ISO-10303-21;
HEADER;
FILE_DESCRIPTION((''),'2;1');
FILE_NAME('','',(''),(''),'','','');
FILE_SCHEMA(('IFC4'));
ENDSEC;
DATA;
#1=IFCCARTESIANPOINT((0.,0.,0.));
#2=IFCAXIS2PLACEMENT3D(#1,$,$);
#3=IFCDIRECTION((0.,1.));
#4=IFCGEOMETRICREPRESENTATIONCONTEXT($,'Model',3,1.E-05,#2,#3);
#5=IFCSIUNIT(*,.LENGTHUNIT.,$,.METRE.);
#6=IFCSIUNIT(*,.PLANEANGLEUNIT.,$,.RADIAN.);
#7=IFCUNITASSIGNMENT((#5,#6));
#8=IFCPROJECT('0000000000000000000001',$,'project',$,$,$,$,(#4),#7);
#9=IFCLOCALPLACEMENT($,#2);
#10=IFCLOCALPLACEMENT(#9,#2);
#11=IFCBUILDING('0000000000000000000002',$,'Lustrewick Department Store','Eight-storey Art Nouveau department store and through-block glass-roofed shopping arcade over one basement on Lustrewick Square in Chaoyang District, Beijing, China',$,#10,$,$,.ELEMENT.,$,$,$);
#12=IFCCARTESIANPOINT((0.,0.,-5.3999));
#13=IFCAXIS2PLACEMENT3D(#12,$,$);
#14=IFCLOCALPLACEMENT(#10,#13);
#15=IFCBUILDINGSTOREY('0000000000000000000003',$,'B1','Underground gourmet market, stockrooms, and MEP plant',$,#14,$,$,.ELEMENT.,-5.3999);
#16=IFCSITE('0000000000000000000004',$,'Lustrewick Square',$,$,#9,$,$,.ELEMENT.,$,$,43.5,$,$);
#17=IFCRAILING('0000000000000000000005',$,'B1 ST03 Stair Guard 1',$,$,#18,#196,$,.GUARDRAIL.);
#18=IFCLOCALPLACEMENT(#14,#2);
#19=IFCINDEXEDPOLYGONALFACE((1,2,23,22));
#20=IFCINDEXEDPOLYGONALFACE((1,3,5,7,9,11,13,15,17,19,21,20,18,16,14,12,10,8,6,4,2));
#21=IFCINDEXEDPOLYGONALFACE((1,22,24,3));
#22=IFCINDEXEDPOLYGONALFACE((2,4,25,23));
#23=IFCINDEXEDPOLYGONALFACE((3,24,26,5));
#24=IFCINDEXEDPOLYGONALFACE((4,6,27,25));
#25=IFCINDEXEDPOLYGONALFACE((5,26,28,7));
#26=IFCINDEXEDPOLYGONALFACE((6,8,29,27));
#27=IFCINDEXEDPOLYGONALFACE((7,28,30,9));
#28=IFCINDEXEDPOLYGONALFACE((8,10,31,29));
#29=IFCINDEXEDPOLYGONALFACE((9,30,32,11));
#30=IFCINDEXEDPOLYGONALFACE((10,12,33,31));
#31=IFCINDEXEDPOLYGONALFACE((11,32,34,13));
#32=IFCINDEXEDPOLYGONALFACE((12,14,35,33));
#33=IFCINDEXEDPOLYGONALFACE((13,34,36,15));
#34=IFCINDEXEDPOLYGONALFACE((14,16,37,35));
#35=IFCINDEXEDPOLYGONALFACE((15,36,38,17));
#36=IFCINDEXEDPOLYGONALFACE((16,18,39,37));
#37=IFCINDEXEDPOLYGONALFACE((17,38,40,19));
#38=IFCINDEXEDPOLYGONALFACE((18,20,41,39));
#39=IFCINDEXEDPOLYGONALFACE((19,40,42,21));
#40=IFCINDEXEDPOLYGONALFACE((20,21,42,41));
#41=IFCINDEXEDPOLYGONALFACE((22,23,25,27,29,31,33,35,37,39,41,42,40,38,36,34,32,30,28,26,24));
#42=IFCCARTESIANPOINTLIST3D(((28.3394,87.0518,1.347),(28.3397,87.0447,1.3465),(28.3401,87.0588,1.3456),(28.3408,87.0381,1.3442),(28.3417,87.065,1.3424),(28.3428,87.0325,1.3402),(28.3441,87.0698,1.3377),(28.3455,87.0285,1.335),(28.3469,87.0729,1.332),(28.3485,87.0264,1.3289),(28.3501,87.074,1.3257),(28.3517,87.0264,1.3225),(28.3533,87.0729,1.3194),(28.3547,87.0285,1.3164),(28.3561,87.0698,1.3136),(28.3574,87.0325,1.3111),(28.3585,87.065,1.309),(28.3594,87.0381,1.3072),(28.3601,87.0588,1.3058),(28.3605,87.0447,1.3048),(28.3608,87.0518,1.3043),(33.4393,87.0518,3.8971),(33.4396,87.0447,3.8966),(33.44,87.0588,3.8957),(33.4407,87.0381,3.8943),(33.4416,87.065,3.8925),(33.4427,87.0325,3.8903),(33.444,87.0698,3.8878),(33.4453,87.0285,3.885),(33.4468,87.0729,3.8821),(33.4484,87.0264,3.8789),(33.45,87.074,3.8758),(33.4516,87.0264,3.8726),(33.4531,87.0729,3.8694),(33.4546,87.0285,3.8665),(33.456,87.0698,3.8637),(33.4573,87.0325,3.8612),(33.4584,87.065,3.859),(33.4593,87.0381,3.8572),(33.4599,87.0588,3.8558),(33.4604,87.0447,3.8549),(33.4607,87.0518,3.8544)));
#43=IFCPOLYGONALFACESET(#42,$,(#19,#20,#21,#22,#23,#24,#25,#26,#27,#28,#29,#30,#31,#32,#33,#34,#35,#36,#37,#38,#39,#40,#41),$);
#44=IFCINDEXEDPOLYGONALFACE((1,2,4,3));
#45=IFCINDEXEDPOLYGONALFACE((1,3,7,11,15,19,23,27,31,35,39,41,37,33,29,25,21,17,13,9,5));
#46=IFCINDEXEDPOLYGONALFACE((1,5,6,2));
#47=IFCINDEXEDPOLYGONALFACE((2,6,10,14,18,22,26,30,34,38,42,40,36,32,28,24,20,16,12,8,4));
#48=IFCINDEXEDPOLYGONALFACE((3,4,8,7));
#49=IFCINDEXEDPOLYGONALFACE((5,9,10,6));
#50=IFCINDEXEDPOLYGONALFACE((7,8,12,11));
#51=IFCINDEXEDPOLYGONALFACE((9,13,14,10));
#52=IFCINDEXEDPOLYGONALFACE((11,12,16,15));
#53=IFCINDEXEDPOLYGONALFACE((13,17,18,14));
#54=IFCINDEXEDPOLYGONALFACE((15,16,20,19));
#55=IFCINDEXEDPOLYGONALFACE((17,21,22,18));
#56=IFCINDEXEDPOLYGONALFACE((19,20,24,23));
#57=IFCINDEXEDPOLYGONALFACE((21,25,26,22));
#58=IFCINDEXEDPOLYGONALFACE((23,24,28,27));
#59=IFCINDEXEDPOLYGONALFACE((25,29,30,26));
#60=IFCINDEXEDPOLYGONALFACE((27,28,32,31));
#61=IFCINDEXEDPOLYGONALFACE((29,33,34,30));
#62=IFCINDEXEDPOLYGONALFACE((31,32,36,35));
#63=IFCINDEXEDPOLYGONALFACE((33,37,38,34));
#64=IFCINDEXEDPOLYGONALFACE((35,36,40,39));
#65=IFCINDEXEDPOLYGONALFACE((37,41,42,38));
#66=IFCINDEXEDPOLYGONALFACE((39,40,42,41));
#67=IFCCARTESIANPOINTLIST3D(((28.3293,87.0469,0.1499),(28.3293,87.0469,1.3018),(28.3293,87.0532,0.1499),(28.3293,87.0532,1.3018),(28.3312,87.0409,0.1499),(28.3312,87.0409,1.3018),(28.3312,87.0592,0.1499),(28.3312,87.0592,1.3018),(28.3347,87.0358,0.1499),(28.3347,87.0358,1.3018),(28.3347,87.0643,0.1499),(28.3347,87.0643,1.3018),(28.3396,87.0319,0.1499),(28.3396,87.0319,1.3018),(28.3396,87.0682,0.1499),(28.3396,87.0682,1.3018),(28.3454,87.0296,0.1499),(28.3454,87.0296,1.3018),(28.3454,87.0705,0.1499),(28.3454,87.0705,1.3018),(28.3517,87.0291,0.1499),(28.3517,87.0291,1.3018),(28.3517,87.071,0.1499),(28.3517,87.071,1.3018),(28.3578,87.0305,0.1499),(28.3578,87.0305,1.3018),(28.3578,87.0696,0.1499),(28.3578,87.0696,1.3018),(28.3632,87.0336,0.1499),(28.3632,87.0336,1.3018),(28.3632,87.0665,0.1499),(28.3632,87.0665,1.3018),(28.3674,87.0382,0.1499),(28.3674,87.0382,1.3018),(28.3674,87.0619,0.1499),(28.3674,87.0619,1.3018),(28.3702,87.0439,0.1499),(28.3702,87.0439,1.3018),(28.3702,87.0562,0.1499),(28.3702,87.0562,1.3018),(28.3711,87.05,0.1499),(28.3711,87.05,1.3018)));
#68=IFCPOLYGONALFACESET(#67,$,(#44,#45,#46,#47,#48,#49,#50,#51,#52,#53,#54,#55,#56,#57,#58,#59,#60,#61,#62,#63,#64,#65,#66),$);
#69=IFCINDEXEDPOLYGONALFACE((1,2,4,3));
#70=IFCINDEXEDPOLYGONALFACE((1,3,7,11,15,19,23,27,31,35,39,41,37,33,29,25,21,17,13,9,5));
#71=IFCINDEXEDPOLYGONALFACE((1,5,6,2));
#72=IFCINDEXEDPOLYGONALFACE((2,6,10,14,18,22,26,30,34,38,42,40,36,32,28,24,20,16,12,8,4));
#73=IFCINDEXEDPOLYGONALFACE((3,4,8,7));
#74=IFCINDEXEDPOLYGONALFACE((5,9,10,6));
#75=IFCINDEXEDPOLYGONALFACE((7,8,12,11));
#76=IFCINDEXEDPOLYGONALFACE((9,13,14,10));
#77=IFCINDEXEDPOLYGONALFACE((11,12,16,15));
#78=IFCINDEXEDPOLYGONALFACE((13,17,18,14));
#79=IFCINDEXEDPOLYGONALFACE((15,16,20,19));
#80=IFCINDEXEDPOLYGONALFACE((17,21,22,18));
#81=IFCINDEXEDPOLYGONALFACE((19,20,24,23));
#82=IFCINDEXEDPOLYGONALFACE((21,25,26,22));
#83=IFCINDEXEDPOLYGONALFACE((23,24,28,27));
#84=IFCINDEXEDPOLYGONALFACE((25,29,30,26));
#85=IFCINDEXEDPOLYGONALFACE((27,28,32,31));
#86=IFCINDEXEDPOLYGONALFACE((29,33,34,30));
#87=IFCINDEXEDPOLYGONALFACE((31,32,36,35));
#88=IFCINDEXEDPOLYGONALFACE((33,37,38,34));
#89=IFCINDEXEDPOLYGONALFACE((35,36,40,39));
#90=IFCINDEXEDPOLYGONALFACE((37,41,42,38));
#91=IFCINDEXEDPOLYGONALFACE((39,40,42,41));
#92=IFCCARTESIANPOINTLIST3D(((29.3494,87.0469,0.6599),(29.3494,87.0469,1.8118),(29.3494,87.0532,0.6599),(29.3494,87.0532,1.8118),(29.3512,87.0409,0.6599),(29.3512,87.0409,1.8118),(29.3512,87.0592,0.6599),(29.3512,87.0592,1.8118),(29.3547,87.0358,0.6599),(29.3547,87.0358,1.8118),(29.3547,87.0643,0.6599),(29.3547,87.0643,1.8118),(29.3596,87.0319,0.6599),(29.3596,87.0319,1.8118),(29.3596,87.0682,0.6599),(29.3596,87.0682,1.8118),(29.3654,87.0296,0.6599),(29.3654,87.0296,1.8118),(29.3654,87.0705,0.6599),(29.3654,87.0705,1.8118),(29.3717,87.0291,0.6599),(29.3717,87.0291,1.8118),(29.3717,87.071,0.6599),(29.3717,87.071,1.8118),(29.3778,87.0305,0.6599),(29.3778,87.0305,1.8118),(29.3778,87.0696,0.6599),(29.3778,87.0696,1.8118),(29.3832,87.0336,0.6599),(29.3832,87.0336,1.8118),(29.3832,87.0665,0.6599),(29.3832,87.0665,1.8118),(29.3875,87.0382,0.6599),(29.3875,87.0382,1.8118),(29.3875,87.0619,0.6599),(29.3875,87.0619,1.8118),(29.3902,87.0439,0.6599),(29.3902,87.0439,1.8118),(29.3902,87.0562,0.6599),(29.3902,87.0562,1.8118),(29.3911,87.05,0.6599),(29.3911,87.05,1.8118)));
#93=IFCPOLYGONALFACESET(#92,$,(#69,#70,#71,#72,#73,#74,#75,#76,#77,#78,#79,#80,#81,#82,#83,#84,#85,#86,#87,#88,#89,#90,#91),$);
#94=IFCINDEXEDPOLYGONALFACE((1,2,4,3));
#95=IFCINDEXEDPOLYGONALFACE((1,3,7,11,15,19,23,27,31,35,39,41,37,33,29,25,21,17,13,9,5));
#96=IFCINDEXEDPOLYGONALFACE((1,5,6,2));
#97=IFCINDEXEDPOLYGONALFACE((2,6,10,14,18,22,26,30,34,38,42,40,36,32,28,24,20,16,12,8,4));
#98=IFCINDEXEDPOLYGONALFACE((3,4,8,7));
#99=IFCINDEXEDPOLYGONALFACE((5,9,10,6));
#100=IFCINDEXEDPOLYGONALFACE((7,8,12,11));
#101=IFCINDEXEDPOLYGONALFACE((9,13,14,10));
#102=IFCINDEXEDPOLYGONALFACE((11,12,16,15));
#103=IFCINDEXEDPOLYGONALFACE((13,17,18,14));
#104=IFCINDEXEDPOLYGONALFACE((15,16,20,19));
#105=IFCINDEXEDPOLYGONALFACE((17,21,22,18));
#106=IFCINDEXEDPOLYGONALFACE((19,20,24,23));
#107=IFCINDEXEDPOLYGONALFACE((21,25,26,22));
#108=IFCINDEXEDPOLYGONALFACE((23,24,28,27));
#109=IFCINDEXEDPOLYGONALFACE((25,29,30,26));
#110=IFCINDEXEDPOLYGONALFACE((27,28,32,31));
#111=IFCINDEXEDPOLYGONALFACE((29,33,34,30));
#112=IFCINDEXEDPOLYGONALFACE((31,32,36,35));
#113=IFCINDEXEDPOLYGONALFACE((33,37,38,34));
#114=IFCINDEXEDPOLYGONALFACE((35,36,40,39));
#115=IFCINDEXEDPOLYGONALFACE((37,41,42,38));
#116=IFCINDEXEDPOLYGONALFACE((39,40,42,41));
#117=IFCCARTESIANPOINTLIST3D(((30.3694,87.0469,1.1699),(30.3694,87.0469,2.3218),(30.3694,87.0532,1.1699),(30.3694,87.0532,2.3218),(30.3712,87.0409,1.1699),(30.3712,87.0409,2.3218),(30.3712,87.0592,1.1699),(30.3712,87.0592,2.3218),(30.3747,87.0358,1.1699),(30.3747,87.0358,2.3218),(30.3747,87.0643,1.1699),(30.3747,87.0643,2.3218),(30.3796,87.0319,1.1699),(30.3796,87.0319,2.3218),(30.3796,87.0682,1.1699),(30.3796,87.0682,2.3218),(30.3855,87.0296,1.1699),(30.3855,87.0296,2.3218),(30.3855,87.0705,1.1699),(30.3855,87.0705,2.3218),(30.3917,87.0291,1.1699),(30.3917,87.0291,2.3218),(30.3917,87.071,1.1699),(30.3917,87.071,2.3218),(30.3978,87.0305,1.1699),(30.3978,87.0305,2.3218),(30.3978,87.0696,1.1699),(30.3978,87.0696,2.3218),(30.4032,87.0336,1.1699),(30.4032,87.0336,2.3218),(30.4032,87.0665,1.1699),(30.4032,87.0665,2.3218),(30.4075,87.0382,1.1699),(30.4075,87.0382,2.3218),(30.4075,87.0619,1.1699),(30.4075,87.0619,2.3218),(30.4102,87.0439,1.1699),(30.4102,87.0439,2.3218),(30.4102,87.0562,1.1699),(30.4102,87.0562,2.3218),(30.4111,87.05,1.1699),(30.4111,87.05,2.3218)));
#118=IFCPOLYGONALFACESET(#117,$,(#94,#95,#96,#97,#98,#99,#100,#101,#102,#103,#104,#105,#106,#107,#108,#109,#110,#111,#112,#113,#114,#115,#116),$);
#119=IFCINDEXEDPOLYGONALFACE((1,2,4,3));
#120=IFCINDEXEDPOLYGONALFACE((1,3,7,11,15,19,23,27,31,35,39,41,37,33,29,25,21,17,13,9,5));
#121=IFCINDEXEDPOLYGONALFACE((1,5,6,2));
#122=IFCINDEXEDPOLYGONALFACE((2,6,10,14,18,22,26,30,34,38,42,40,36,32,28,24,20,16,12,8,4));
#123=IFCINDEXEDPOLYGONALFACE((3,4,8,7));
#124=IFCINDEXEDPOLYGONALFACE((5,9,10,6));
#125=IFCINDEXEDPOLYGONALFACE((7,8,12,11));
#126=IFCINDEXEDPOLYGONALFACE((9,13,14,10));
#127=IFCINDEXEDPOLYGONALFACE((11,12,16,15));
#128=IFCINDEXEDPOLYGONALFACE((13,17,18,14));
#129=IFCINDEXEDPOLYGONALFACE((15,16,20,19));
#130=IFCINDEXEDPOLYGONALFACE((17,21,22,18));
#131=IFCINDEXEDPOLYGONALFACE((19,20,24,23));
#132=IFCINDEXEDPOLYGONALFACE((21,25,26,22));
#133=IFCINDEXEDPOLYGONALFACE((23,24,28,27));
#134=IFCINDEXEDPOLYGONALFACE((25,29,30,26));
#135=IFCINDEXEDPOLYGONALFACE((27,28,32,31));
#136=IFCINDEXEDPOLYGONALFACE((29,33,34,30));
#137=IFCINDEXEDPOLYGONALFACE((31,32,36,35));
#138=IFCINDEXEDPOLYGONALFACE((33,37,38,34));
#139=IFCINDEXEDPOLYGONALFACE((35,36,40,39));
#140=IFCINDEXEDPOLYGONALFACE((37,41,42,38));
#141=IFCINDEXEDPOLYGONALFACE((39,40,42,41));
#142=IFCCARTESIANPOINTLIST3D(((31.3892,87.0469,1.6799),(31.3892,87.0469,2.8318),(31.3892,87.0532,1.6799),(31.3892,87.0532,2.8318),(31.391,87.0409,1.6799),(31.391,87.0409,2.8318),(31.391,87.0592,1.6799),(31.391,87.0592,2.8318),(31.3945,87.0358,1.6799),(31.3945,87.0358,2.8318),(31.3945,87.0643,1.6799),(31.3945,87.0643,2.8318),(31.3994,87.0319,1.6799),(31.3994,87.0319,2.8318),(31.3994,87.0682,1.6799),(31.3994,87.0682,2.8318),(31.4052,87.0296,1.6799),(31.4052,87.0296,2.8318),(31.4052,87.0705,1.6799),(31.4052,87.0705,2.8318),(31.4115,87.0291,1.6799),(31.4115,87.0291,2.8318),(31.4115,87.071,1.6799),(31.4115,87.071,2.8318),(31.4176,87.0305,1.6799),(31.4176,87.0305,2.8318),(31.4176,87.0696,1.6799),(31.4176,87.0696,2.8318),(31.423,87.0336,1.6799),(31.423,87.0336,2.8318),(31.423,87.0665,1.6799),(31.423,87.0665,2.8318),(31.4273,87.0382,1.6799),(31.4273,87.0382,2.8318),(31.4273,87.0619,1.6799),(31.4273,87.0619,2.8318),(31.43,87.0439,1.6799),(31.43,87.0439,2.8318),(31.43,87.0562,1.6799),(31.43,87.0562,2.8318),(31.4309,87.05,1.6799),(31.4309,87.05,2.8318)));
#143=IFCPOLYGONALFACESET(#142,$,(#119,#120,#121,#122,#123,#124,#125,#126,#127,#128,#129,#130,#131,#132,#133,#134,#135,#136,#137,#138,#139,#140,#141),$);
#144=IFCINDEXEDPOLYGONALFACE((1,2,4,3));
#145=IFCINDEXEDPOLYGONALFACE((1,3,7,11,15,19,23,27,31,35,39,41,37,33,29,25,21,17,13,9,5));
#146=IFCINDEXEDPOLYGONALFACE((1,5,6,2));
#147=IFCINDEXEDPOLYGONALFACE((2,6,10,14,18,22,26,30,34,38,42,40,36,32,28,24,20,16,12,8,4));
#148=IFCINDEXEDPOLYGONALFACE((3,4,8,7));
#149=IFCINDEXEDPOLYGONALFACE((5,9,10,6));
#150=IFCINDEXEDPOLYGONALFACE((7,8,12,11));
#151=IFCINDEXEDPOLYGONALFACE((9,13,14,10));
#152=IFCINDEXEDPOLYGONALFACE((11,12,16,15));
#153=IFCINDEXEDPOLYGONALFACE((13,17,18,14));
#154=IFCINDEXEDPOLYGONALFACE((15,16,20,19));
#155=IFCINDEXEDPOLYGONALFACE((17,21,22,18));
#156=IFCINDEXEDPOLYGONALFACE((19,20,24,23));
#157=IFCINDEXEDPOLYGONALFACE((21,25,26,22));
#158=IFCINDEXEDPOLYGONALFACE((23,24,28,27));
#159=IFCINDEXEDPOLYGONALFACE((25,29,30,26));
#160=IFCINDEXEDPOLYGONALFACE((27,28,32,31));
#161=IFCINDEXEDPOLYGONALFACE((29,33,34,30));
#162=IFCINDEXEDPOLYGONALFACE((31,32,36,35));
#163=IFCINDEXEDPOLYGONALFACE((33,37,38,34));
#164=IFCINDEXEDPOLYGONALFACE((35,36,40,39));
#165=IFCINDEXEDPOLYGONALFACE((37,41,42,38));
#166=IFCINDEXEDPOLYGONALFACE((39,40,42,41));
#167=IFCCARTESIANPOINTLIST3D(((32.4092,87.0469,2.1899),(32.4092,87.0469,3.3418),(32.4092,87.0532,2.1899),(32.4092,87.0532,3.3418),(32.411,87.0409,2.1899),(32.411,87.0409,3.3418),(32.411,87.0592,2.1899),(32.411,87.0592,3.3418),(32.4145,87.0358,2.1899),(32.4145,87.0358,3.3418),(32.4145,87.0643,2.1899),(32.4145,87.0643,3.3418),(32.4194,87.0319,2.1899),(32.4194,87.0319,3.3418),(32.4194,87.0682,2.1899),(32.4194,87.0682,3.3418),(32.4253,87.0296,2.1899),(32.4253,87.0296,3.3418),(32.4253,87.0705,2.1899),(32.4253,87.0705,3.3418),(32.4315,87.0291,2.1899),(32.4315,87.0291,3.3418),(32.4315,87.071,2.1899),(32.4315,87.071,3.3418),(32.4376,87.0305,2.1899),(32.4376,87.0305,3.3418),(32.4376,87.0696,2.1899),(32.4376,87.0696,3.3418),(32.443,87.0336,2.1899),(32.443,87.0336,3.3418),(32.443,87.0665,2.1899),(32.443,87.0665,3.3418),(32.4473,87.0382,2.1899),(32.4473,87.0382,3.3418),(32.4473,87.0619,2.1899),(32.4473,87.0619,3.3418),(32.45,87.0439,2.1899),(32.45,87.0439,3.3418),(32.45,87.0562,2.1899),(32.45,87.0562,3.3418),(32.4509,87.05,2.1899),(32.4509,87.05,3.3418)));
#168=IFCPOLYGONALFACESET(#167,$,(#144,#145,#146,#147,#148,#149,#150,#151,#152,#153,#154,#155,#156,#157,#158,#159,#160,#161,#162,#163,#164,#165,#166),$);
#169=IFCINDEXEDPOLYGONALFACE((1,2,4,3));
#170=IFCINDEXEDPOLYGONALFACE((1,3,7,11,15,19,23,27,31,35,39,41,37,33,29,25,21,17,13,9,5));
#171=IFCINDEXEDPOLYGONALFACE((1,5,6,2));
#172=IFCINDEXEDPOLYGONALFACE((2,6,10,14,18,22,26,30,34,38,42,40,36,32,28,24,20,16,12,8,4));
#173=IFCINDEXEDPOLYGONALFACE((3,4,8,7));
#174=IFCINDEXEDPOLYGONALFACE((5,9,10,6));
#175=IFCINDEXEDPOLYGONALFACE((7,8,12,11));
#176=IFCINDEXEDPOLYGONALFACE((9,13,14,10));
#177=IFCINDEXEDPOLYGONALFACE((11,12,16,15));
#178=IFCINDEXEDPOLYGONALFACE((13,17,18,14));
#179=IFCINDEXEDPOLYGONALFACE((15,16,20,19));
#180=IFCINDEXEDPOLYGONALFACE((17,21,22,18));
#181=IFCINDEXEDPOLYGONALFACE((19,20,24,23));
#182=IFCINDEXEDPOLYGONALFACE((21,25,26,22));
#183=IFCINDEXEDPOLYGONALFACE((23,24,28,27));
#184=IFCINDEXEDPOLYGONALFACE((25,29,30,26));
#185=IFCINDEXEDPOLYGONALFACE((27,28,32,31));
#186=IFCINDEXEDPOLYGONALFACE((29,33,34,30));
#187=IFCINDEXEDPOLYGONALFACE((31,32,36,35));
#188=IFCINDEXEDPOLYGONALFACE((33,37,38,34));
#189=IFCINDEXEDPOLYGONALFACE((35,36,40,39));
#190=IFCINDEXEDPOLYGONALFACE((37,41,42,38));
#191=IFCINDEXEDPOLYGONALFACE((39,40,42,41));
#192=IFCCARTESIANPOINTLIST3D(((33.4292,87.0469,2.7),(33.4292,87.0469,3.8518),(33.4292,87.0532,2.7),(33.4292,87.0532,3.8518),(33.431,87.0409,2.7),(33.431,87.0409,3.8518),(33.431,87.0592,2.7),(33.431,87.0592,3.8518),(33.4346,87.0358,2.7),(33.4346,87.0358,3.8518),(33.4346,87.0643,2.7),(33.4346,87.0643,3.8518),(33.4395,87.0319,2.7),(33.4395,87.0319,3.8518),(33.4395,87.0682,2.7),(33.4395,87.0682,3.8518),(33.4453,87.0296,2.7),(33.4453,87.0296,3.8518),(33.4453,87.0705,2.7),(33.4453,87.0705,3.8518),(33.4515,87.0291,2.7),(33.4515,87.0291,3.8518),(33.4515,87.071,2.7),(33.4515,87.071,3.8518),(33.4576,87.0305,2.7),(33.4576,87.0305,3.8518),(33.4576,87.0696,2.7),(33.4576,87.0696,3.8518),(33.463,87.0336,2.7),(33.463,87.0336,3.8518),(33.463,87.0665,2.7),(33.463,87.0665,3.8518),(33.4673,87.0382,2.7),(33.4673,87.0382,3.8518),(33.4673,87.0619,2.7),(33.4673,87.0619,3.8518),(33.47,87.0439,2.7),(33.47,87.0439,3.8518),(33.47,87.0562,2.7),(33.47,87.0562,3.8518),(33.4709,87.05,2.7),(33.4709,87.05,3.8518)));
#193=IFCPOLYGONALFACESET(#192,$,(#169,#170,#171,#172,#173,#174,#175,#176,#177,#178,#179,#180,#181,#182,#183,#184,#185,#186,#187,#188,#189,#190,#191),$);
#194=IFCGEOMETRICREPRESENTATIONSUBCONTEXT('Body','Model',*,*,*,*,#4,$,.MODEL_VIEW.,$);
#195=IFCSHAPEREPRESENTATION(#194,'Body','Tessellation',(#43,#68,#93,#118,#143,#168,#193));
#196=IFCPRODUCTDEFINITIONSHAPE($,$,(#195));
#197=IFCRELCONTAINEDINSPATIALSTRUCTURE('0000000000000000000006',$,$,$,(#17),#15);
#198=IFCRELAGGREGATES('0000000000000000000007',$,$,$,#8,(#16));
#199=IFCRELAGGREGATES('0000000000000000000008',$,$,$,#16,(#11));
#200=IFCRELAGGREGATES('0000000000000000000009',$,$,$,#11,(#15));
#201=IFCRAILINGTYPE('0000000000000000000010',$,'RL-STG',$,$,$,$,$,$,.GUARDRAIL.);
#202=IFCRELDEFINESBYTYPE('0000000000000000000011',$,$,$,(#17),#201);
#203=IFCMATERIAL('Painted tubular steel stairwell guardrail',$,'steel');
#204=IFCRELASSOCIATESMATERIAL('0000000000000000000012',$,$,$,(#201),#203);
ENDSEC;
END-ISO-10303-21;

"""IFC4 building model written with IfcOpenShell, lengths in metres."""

from ifc_helpers import new_model, si_unit, direction, frame, origin, origin_2d, place, context, subcontext, project, spatial, circle, extrude, material, type_object, element, save


model = new_model("IFC4")

# Units and contexts
model_context = context("Model", 3, precision=1e-05, world=origin(), true_north=direction((0.0, 1.0)))
body_context = subcontext(model_context, "Body", "Model", "MODEL_VIEW")
ifc_project = project(units=[si_unit("LENGTHUNIT", "METRE"), si_unit("PLANEANGLEUNIT", "RADIAN")], contexts=[model_context])

# Site, building, storey
site_placement = place(None, origin())
site = spatial("IfcSite", under=ifc_project, at=site_placement, Name="Lustrewick Square", CompositionType="ELEMENT", RefElevation=43.5)
building_placement = place(site_placement, origin())
building = spatial("IfcBuilding", under=site, at=building_placement, Name="Lustrewick Department Store", Description="Eight-storey Art Nouveau department store and through-block glass-roofed shopping arcade over one basement on Lustrewick Square in Chaoyang District, Beijing, China", CompositionType="ELEMENT")
storey_placement = place(building_placement, frame((0.0, 0.0, -5.3999)))
storey = spatial("IfcBuildingStorey", under=building, at=storey_placement, Name="B1", Description="Underground gourmet market, stockrooms, and MEP plant", CompositionType="ELEMENT", Elevation=-5.3999)

# Railing
ifc_material_1 = material(Name="Painted tubular steel stairwell guardrail", Category="steel")
railing_type_1 = type_object("IfcRailingType", Name="RL-STG", PredefinedType="GUARDRAIL", material=ifc_material_1)
railing_1_placement = place(storey_placement, frame((28.3501, 87.05, 0.1499)))
element("IfcRailing", 1, at=railing_1_placement, inside=storey, type_object=railing_type_1, Name="B1 ST03 Stair Guard 1", PredefinedType="GUARDRAIL", context=body_context, shape_type="SweptSolid", body=[
    extrude(circle(Radius=0.0239, at=origin_2d()), frame((0.0, 0.0, 1.1758), z_axis=(0.894419, 0.0, 0.447231), x_axis=(0.0, 1.0, 0.0)), (0.0, 0.0, 1.0), 5.7019),
    extrude(circle(Radius=0.021, at=origin_2d()), origin(), (0.0, 0.0, 1.0), 1.1519),
    extrude(circle(Radius=0.021, at=origin_2d()), frame((1.02, 0.0, 0.51)), (0.0, 0.0, 1.0), 1.1519),
    extrude(circle(Radius=0.021, at=origin_2d()), frame((2.04, 0.0, 1.02)), (0.0, 0.0, 1.0), 1.1519),
    extrude(circle(Radius=0.021, at=origin_2d()), frame((3.0598, 0.0, 1.53)), (0.0, 0.0, 1.0), 1.1519),
    extrude(circle(Radius=0.021, at=origin_2d()), frame((4.0798, 0.0, 2.04)), (0.0, 0.0, 1.0), 1.1519),
    extrude(circle(Radius=0.021, at=origin_2d()), frame((5.0999, 0.0, 2.55)), (0.0, 0.0, 1.0), 1.1519),
])

save(model, "model.ifc")
